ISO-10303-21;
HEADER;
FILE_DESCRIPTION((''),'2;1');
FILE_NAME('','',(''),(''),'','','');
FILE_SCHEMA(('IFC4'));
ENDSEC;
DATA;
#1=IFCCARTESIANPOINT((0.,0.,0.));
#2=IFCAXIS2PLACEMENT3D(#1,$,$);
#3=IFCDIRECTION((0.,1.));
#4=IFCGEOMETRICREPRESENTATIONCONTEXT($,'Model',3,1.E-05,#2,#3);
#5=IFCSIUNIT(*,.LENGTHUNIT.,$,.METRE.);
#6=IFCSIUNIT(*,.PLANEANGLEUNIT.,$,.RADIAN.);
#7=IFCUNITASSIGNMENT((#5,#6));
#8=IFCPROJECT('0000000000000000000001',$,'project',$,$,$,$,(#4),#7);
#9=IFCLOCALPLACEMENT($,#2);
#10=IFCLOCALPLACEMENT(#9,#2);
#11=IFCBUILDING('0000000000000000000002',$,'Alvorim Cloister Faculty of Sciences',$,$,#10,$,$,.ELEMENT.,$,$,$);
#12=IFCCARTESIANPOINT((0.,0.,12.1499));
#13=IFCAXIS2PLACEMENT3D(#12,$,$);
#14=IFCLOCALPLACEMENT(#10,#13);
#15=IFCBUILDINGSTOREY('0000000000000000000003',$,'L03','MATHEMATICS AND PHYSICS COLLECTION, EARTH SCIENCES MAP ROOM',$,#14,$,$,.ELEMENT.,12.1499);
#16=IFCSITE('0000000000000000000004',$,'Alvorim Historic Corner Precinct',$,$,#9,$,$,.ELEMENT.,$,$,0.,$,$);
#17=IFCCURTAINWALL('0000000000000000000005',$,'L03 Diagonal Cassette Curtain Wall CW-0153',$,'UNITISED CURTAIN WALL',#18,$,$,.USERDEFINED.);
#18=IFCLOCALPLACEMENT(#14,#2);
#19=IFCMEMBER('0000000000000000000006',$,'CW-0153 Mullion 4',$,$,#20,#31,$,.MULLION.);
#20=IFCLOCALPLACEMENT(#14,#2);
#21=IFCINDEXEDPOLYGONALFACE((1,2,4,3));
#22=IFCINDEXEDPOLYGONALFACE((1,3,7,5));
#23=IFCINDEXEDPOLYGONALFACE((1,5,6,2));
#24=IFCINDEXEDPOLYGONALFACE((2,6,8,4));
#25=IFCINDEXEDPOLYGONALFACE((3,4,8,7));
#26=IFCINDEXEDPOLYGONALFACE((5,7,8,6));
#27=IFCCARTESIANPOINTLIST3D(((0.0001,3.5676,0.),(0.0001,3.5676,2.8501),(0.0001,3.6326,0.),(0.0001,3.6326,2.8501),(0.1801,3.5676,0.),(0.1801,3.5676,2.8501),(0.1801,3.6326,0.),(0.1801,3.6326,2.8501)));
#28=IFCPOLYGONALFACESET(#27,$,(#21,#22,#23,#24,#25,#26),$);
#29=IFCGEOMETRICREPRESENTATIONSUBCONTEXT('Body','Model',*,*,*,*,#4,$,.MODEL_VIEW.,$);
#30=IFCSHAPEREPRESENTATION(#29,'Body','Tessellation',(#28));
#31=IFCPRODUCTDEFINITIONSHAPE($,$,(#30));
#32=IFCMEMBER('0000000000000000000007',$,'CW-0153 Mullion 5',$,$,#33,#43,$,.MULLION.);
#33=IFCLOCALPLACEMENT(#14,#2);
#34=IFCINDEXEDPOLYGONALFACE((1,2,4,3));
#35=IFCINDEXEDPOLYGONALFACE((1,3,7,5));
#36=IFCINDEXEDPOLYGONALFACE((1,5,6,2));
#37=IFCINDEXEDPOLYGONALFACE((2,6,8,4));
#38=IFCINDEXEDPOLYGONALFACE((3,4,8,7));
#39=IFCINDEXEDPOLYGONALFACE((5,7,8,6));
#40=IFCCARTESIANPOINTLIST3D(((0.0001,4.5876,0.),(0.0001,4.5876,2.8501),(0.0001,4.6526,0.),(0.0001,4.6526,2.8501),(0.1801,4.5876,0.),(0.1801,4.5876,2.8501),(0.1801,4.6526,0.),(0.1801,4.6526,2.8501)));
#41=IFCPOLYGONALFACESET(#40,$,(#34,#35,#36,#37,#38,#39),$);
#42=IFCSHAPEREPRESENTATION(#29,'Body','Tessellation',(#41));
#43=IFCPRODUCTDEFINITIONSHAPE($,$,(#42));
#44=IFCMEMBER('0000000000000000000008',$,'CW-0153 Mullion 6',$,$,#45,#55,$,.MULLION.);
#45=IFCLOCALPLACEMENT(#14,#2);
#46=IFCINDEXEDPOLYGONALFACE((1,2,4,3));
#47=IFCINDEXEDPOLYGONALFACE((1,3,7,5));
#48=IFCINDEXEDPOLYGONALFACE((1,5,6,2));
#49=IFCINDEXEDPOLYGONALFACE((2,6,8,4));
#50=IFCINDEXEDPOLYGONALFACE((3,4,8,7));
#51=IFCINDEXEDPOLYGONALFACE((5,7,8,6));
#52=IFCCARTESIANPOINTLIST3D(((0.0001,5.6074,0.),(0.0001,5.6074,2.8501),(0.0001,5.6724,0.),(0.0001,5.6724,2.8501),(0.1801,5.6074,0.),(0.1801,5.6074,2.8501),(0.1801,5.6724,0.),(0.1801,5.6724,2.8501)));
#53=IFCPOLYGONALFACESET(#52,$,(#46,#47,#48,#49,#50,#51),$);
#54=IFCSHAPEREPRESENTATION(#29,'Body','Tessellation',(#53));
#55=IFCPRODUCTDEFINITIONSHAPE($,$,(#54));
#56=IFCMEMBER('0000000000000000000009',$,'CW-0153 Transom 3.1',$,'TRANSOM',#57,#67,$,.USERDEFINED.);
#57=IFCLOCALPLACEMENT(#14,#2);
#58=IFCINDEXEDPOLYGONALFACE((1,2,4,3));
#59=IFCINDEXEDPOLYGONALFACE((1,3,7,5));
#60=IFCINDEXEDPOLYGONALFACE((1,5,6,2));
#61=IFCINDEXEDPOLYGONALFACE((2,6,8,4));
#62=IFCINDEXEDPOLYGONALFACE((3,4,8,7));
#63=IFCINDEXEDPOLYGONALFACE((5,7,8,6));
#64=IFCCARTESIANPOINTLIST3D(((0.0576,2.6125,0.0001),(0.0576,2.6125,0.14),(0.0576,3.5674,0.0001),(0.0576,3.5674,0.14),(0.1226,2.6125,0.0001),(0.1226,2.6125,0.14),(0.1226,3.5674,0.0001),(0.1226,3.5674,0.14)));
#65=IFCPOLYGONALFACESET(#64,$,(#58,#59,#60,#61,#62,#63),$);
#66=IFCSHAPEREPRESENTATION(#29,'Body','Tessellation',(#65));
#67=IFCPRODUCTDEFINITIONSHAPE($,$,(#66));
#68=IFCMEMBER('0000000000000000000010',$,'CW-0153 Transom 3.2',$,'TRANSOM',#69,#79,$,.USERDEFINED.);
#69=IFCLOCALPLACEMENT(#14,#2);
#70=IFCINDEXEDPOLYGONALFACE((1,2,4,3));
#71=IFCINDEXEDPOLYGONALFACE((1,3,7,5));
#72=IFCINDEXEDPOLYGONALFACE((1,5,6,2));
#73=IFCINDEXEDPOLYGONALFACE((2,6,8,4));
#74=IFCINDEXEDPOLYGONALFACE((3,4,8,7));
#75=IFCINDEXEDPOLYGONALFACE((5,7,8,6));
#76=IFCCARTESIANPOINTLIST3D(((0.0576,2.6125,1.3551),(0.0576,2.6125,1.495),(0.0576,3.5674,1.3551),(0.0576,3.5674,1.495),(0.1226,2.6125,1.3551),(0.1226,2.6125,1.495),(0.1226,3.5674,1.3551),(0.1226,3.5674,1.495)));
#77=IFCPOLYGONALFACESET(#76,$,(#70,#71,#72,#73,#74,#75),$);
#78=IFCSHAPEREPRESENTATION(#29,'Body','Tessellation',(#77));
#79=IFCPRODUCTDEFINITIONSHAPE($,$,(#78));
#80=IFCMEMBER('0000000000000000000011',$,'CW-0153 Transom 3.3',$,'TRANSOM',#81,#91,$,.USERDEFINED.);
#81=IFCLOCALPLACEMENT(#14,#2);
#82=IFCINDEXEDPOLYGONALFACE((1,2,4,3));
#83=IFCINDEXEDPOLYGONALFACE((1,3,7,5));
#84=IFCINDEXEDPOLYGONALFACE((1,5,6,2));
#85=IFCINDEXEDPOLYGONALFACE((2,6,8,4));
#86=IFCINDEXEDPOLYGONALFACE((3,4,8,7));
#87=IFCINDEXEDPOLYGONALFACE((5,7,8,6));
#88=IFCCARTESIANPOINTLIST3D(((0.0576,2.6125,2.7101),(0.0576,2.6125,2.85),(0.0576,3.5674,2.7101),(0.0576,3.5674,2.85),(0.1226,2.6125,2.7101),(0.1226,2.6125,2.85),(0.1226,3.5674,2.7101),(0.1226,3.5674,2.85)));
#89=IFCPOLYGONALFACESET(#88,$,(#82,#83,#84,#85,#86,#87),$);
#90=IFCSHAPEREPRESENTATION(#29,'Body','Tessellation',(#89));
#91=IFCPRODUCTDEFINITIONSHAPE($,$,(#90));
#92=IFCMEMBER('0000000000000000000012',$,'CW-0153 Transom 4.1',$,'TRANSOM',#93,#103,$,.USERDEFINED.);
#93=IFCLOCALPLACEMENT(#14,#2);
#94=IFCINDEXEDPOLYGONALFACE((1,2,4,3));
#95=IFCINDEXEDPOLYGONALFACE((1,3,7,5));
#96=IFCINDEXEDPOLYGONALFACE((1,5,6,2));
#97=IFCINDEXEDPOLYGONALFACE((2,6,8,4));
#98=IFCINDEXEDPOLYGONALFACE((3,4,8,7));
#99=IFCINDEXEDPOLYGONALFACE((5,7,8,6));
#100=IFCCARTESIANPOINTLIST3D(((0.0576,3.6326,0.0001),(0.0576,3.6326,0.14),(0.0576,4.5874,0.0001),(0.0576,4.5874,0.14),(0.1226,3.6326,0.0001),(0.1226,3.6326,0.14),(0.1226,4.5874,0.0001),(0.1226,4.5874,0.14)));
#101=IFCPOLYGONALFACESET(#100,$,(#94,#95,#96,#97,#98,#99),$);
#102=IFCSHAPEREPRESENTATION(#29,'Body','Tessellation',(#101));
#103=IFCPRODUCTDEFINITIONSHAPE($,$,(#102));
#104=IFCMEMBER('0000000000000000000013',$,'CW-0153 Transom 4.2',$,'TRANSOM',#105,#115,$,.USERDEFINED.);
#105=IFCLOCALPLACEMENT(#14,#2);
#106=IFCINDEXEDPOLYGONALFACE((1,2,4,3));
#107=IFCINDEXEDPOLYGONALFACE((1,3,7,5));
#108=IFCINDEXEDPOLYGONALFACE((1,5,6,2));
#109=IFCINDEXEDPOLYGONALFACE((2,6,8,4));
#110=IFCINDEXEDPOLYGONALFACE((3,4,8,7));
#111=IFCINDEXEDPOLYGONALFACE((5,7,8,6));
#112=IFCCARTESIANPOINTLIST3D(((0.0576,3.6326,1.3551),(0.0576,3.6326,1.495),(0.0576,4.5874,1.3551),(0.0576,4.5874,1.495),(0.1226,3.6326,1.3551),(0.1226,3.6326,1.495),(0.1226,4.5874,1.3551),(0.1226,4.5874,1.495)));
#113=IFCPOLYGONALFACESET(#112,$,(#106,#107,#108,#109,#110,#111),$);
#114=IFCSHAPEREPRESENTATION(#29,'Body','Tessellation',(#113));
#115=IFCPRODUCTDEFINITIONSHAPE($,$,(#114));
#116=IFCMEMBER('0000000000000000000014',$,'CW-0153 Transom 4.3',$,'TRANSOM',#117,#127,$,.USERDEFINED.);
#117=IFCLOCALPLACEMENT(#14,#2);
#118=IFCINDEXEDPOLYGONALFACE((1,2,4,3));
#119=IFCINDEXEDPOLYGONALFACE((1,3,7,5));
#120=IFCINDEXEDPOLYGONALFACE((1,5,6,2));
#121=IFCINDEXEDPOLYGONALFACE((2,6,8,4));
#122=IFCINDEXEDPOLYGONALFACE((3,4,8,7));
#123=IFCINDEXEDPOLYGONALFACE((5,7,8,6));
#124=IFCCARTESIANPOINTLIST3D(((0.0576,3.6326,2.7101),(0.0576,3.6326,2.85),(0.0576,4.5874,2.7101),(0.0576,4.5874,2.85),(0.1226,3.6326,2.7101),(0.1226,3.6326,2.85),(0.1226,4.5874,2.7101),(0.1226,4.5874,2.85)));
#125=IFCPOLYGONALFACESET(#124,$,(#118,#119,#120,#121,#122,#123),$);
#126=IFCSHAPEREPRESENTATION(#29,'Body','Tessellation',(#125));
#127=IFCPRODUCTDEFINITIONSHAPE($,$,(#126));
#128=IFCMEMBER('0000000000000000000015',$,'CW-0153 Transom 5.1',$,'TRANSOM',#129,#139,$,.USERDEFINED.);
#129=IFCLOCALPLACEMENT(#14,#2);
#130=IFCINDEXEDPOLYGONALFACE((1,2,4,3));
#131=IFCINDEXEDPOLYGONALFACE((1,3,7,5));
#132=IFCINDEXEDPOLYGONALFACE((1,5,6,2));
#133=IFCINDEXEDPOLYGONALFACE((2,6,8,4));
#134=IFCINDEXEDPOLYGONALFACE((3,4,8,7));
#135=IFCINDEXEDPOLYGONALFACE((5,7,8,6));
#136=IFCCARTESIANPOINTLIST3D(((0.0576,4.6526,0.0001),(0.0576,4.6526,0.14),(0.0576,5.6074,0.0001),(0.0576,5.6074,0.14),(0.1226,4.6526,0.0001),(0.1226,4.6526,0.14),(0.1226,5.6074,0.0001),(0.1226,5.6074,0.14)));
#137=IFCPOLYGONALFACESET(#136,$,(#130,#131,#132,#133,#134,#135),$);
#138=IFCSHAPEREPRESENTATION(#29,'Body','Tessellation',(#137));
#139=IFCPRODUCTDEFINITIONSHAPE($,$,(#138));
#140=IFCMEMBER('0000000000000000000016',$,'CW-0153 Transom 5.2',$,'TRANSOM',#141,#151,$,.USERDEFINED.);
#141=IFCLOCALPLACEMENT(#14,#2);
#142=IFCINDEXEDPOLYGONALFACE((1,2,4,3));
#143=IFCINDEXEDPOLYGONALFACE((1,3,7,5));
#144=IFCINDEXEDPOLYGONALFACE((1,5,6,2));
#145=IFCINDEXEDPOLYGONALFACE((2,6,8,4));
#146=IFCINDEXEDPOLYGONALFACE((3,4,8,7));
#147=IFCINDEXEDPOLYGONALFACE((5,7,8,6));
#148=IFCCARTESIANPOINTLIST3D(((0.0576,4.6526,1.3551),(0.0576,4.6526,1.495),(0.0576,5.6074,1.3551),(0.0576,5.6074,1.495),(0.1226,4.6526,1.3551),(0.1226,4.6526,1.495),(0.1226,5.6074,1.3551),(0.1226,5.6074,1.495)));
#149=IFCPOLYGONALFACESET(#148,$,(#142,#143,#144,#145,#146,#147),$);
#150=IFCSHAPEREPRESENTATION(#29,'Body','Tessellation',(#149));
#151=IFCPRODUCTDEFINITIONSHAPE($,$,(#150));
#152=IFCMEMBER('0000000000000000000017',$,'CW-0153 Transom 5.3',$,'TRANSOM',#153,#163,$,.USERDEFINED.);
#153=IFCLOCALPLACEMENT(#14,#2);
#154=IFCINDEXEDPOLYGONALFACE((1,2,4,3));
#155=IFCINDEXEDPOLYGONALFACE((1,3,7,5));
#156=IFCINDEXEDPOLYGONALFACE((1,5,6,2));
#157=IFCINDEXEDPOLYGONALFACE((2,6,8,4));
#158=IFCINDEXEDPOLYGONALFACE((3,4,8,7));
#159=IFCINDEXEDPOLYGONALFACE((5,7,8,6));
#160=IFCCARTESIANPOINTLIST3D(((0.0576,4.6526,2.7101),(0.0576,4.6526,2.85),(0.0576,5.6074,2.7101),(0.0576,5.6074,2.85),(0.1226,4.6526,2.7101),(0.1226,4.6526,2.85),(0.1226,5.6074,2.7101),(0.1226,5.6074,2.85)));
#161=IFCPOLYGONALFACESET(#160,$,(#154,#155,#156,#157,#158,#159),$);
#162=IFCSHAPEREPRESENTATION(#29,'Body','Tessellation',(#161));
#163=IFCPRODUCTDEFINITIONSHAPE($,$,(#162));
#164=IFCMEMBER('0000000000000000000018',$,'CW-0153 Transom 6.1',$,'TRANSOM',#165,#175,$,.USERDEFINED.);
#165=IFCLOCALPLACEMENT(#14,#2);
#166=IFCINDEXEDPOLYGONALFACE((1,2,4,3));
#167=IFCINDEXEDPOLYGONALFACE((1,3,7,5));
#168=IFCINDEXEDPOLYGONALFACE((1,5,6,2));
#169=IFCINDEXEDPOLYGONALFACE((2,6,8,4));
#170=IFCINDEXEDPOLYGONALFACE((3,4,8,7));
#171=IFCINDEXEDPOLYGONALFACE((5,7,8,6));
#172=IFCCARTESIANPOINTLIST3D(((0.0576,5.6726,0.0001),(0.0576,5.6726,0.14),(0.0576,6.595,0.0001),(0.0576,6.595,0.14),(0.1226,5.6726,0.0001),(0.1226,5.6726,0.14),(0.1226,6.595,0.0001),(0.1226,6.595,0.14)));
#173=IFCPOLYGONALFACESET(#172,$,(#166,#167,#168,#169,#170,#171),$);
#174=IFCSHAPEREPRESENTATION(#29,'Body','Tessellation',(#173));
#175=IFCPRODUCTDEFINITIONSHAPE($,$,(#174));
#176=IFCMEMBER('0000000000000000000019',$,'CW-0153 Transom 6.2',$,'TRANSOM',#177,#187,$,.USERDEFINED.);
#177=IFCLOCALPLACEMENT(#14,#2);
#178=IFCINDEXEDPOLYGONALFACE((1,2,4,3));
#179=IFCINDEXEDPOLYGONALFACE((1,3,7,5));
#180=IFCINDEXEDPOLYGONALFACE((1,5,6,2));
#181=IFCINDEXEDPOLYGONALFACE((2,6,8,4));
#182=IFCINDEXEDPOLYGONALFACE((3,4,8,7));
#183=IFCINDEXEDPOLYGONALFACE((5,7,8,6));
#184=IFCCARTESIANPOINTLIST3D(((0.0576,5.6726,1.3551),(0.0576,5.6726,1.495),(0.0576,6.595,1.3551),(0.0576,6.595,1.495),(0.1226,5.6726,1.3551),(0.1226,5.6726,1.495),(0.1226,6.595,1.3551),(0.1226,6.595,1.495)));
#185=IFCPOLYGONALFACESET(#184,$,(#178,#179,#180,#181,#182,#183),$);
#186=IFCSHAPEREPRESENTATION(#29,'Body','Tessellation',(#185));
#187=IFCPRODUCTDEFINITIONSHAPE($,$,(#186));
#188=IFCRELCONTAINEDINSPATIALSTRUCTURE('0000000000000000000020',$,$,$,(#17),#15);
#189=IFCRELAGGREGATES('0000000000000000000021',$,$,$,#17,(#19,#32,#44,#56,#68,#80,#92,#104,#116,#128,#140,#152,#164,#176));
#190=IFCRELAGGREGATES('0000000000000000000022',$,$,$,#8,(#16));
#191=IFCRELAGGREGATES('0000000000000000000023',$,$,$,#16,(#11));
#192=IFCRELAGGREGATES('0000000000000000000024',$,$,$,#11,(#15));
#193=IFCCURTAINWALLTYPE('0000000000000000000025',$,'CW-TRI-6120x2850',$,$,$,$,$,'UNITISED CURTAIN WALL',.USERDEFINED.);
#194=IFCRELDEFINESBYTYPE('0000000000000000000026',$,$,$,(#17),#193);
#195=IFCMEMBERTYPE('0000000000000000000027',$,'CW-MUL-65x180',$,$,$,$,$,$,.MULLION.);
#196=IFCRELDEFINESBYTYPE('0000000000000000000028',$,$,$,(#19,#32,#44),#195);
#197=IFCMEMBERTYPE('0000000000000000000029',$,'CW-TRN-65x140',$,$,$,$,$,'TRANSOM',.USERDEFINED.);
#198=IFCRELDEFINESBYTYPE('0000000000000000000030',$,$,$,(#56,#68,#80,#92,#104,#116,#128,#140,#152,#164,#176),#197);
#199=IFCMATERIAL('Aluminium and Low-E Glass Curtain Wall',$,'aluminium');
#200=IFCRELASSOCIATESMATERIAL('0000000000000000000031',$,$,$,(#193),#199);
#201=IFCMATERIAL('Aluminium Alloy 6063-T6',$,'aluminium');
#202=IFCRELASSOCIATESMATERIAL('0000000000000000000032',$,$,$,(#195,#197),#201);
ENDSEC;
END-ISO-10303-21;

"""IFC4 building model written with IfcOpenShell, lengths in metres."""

from ifc_helpers import new_model, si_unit, direction, frame, origin, origin_2d, place, context, subcontext, project, spatial, rectangle, extrude, material, material_profile, profile_set, type_object, element, aggregate, save


model = new_model("IFC4")

# Units and contexts
model_context = context("Model", 3, precision=1e-05, world=origin(), true_north=direction((0.0, 1.0)))
body_context = subcontext(model_context, "Body", "Model", "MODEL_VIEW")
ifc_project = project(units=[si_unit("LENGTHUNIT", "METRE"), si_unit("PLANEANGLEUNIT", "RADIAN")], contexts=[model_context])

# Site, building, storey
site_placement = place(None, origin())
site = spatial("IfcSite", under=ifc_project, at=site_placement, Name="Alvorim Historic Corner Precinct", CompositionType="ELEMENT", RefElevation=0.0)
building_placement = place(site_placement, origin())
building = spatial("IfcBuilding", under=site, at=building_placement, Name="Alvorim Cloister Faculty of Sciences", CompositionType="ELEMENT")
storey_placement = place(building_placement, frame((0.0, 0.0, 12.1499)))
storey = spatial("IfcBuildingStorey", under=building, at=storey_placement, Name="L03", Description="MATHEMATICS AND PHYSICS COLLECTION, EARTH SCIENCES MAP ROOM", CompositionType="ELEMENT", Elevation=12.1499)

# Curtain wall, members
ifc_material_1 = material(Name="Aluminium and Low-E Glass Curtain Wall", Category="aluminium")
curtain_wall_type = type_object("IfcCurtainWallType", Name="CW-TRI-6120x2850", ElementType="UNITISED CURTAIN WALL", PredefinedType="USERDEFINED", material=ifc_material_1)
curtain_wall_placement = place(storey_placement, origin())
curtain_wall = element("IfcCurtainWall", 1, at=curtain_wall_placement, inside=storey, type_object=curtain_wall_type, Name="L03 Diagonal Cassette Curtain Wall CW-0153", ObjectType="UNITISED CURTAIN WALL", PredefinedType="USERDEFINED")
ifc_material_2 = material(Name="Aluminium Alloy 6063-T6", Category="aluminium")
ifc_material_profile_1 = material_profile(ifc_material_2, rectangle(XDim=0.0649, YDim=0.1799, at=origin_2d()), Name="ALU-MUL-65x180")
ifc_profile_set_1 = profile_set([ifc_material_profile_1], Name="Aluminium Alloy 6063-T6")
member_type_1 = type_object("IfcMemberType", Name="CW-MUL-65x180", PredefinedType="MULLION", material=ifc_profile_set_1)
member_1_placement = place(storey_placement, frame((0.0901, 3.6001, 0.0), z_axis=(0.0, 0.0, 1.0), x_axis=(0.0, 1.0, 0.0)))
member_1 = element("IfcMember", 2, at=member_1_placement, type_object=member_type_1, Name="CW-0153 Mullion 4", PredefinedType="MULLION", context=body_context, shape_type="SweptSolid", body=[
    extrude(rectangle(XDim=0.0649, YDim=0.1799, at=origin_2d()), origin(), (0.0, 0.0, 1.0), 2.8501),
])
member_2_placement = place(storey_placement, frame((0.0901, 4.6201, 0.0), z_axis=(0.0, 0.0, 1.0), x_axis=(0.0, 1.0, 0.0)))
member_2 = element("IfcMember", 3, at=member_2_placement, type_object=member_type_1, Name="CW-0153 Mullion 5", PredefinedType="MULLION", context=body_context, shape_type="SweptSolid", body=[
    extrude(rectangle(XDim=0.0649, YDim=0.1799, at=origin_2d()), origin(), (0.0, 0.0, 1.0), 2.8501),
])
member_3_placement = place(storey_placement, frame((0.0901, 5.6399, 0.0), z_axis=(0.0, 0.0, 1.0), x_axis=(0.0, 1.0, 0.0)))
member_3 = element("IfcMember", 4, at=member_3_placement, type_object=member_type_1, Name="CW-0153 Mullion 6", PredefinedType="MULLION", context=body_context, shape_type="SweptSolid", body=[
    extrude(rectangle(XDim=0.0649, YDim=0.1799, at=origin_2d()), origin(), (0.0, 0.0, 1.0), 2.8501),
])
ifc_material_profile_2 = material_profile(ifc_material_2, rectangle(XDim=0.0649, YDim=0.1399, at=origin_2d()), Name="ALU-TRN-65x140")
ifc_profile_set_2 = profile_set([ifc_material_profile_2], Name="Aluminium Alloy 6063-T6")
member_type_2 = type_object("IfcMemberType", Name="CW-TRN-65x140", ElementType="TRANSOM", PredefinedType="USERDEFINED", material=ifc_profile_set_2)
member_4_placement = place(storey_placement, frame((0.0901, 2.6125, 0.0701), z_axis=(0.0, 1.0, 0.0), x_axis=(-1.0, 0.0, 0.0)))
member_4 = element("IfcMember", 5, at=member_4_placement, type_object=member_type_2, Name="CW-0153 Transom 3.1", ObjectType="TRANSOM", PredefinedType="USERDEFINED", context=body_context, shape_type="SweptSolid", body=[
    extrude(rectangle(XDim=0.0649, YDim=0.1399, at=origin_2d()), origin(), (0.0, 0.0, 1.0), 0.9548),
])
member_5_placement = place(storey_placement, frame((0.0901, 2.6125, 1.425), z_axis=(0.0, 1.0, 0.0), x_axis=(-1.0, 0.0, 0.0)))
member_5 = element("IfcMember", 6, at=member_5_placement, type_object=member_type_2, Name="CW-0153 Transom 3.2", ObjectType="TRANSOM", PredefinedType="USERDEFINED", context=body_context, shape_type="SweptSolid", body=[
    extrude(rectangle(XDim=0.0649, YDim=0.1399, at=origin_2d()), origin(), (0.0, 0.0, 1.0), 0.9548),
])
member_6_placement = place(storey_placement, frame((0.0901, 2.6125, 2.78), z_axis=(0.0, 1.0, 0.0), x_axis=(-1.0, 0.0, 0.0)))
member_6 = element("IfcMember", 7, at=member_6_placement, type_object=member_type_2, Name="CW-0153 Transom 3.3", ObjectType="TRANSOM", PredefinedType="USERDEFINED", context=body_context, shape_type="SweptSolid", body=[
    extrude(rectangle(XDim=0.0649, YDim=0.1399, at=origin_2d()), origin(), (0.0, 0.0, 1.0), 0.9548),
])
member_7_placement = place(storey_placement, frame((0.0901, 3.6326, 0.0701), z_axis=(0.0, 1.0, 0.0), x_axis=(-1.0, 0.0, 0.0)))
member_7 = element("IfcMember", 8, at=member_7_placement, type_object=member_type_2, Name="CW-0153 Transom 4.1", ObjectType="TRANSOM", PredefinedType="USERDEFINED", context=body_context, shape_type="SweptSolid", body=[
    extrude(rectangle(XDim=0.0649, YDim=0.1399, at=origin_2d()), origin(), (0.0, 0.0, 1.0), 0.9548),
])
member_8_placement = place(storey_placement, frame((0.0901, 3.6326, 1.425), z_axis=(0.0, 1.0, 0.0), x_axis=(-1.0, 0.0, 0.0)))
member_8 = element("IfcMember", 9, at=member_8_placement, type_object=member_type_2, Name="CW-0153 Transom 4.2", ObjectType="TRANSOM", PredefinedType="USERDEFINED", context=body_context, shape_type="SweptSolid", body=[
    extrude(rectangle(XDim=0.0649, YDim=0.1399, at=origin_2d()), origin(), (0.0, 0.0, 1.0), 0.9548),
])
member_9_placement = place(storey_placement, frame((0.0901, 3.6326, 2.78), z_axis=(0.0, 1.0, 0.0), x_axis=(-1.0, 0.0, 0.0)))
member_9 = element("IfcMember", 10, at=member_9_placement, type_object=member_type_2, Name="CW-0153 Transom 4.3", ObjectType="TRANSOM", PredefinedType="USERDEFINED", context=body_context, shape_type="SweptSolid", body=[
    extrude(rectangle(XDim=0.0649, YDim=0.1399, at=origin_2d()), origin(), (0.0, 0.0, 1.0), 0.9548),
])
member_10_placement = place(storey_placement, frame((0.0901, 4.6526, 0.0701), z_axis=(0.0, 1.0, 0.0), x_axis=(-1.0, 0.0, 0.0)))
member_10 = element("IfcMember", 11, at=member_10_placement, type_object=member_type_2, Name="CW-0153 Transom 5.1", ObjectType="TRANSOM", PredefinedType="USERDEFINED", context=body_context, shape_type="SweptSolid", body=[
    extrude(rectangle(XDim=0.0649, YDim=0.1399, at=origin_2d()), origin(), (0.0, 0.0, 1.0), 0.9548),
])
member_11_placement = place(storey_placement, frame((0.0901, 4.6526, 1.425), z_axis=(0.0, 1.0, 0.0), x_axis=(-1.0, 0.0, 0.0)))
member_11 = element("IfcMember", 12, at=member_11_placement, type_object=member_type_2, Name="CW-0153 Transom 5.2", ObjectType="TRANSOM", PredefinedType="USERDEFINED", context=body_context, shape_type="SweptSolid", body=[
    extrude(rectangle(XDim=0.0649, YDim=0.1399, at=origin_2d()), origin(), (0.0, 0.0, 1.0), 0.9548),
])
member_12_placement = place(storey_placement, frame((0.0901, 4.6526, 2.78), z_axis=(0.0, 1.0, 0.0), x_axis=(-1.0, 0.0, 0.0)))
member_12 = element("IfcMember", 13, at=member_12_placement, type_object=member_type_2, Name="CW-0153 Transom 5.3", ObjectType="TRANSOM", PredefinedType="USERDEFINED", context=body_context, shape_type="SweptSolid", body=[
    extrude(rectangle(XDim=0.0649, YDim=0.1399, at=origin_2d()), origin(), (0.0, 0.0, 1.0), 0.9548),
])
member_13_placement = place(storey_placement, frame((0.0901, 5.6726, 0.0701), z_axis=(0.0, 1.0, 0.0), x_axis=(-1.0, 0.0, 0.0)))
member_13 = element("IfcMember", 14, at=member_13_placement, type_object=member_type_2, Name="CW-0153 Transom 6.1", ObjectType="TRANSOM", PredefinedType="USERDEFINED", context=body_context, shape_type="SweptSolid", body=[
    extrude(rectangle(XDim=0.0649, YDim=0.1399, at=origin_2d()), origin(), (0.0, 0.0, 1.0), 0.9224),
])
member_14_placement = place(storey_placement, frame((0.0901, 5.6726, 1.425), z_axis=(0.0, 1.0, 0.0), x_axis=(-1.0, 0.0, 0.0)))
member_14 = element("IfcMember", 15, at=member_14_placement, type_object=member_type_2, Name="CW-0153 Transom 6.2", ObjectType="TRANSOM", PredefinedType="USERDEFINED", context=body_context, shape_type="SweptSolid", body=[
    extrude(rectangle(XDim=0.0649, YDim=0.1399, at=origin_2d()), origin(), (0.0, 0.0, 1.0), 0.9224),
])
aggregate(curtain_wall, [member_1, member_2, member_3, member_4, member_5, member_6, member_7, member_8, member_9, member_10, member_11, member_12, member_13, member_14])

save(model, "model.ifc")
